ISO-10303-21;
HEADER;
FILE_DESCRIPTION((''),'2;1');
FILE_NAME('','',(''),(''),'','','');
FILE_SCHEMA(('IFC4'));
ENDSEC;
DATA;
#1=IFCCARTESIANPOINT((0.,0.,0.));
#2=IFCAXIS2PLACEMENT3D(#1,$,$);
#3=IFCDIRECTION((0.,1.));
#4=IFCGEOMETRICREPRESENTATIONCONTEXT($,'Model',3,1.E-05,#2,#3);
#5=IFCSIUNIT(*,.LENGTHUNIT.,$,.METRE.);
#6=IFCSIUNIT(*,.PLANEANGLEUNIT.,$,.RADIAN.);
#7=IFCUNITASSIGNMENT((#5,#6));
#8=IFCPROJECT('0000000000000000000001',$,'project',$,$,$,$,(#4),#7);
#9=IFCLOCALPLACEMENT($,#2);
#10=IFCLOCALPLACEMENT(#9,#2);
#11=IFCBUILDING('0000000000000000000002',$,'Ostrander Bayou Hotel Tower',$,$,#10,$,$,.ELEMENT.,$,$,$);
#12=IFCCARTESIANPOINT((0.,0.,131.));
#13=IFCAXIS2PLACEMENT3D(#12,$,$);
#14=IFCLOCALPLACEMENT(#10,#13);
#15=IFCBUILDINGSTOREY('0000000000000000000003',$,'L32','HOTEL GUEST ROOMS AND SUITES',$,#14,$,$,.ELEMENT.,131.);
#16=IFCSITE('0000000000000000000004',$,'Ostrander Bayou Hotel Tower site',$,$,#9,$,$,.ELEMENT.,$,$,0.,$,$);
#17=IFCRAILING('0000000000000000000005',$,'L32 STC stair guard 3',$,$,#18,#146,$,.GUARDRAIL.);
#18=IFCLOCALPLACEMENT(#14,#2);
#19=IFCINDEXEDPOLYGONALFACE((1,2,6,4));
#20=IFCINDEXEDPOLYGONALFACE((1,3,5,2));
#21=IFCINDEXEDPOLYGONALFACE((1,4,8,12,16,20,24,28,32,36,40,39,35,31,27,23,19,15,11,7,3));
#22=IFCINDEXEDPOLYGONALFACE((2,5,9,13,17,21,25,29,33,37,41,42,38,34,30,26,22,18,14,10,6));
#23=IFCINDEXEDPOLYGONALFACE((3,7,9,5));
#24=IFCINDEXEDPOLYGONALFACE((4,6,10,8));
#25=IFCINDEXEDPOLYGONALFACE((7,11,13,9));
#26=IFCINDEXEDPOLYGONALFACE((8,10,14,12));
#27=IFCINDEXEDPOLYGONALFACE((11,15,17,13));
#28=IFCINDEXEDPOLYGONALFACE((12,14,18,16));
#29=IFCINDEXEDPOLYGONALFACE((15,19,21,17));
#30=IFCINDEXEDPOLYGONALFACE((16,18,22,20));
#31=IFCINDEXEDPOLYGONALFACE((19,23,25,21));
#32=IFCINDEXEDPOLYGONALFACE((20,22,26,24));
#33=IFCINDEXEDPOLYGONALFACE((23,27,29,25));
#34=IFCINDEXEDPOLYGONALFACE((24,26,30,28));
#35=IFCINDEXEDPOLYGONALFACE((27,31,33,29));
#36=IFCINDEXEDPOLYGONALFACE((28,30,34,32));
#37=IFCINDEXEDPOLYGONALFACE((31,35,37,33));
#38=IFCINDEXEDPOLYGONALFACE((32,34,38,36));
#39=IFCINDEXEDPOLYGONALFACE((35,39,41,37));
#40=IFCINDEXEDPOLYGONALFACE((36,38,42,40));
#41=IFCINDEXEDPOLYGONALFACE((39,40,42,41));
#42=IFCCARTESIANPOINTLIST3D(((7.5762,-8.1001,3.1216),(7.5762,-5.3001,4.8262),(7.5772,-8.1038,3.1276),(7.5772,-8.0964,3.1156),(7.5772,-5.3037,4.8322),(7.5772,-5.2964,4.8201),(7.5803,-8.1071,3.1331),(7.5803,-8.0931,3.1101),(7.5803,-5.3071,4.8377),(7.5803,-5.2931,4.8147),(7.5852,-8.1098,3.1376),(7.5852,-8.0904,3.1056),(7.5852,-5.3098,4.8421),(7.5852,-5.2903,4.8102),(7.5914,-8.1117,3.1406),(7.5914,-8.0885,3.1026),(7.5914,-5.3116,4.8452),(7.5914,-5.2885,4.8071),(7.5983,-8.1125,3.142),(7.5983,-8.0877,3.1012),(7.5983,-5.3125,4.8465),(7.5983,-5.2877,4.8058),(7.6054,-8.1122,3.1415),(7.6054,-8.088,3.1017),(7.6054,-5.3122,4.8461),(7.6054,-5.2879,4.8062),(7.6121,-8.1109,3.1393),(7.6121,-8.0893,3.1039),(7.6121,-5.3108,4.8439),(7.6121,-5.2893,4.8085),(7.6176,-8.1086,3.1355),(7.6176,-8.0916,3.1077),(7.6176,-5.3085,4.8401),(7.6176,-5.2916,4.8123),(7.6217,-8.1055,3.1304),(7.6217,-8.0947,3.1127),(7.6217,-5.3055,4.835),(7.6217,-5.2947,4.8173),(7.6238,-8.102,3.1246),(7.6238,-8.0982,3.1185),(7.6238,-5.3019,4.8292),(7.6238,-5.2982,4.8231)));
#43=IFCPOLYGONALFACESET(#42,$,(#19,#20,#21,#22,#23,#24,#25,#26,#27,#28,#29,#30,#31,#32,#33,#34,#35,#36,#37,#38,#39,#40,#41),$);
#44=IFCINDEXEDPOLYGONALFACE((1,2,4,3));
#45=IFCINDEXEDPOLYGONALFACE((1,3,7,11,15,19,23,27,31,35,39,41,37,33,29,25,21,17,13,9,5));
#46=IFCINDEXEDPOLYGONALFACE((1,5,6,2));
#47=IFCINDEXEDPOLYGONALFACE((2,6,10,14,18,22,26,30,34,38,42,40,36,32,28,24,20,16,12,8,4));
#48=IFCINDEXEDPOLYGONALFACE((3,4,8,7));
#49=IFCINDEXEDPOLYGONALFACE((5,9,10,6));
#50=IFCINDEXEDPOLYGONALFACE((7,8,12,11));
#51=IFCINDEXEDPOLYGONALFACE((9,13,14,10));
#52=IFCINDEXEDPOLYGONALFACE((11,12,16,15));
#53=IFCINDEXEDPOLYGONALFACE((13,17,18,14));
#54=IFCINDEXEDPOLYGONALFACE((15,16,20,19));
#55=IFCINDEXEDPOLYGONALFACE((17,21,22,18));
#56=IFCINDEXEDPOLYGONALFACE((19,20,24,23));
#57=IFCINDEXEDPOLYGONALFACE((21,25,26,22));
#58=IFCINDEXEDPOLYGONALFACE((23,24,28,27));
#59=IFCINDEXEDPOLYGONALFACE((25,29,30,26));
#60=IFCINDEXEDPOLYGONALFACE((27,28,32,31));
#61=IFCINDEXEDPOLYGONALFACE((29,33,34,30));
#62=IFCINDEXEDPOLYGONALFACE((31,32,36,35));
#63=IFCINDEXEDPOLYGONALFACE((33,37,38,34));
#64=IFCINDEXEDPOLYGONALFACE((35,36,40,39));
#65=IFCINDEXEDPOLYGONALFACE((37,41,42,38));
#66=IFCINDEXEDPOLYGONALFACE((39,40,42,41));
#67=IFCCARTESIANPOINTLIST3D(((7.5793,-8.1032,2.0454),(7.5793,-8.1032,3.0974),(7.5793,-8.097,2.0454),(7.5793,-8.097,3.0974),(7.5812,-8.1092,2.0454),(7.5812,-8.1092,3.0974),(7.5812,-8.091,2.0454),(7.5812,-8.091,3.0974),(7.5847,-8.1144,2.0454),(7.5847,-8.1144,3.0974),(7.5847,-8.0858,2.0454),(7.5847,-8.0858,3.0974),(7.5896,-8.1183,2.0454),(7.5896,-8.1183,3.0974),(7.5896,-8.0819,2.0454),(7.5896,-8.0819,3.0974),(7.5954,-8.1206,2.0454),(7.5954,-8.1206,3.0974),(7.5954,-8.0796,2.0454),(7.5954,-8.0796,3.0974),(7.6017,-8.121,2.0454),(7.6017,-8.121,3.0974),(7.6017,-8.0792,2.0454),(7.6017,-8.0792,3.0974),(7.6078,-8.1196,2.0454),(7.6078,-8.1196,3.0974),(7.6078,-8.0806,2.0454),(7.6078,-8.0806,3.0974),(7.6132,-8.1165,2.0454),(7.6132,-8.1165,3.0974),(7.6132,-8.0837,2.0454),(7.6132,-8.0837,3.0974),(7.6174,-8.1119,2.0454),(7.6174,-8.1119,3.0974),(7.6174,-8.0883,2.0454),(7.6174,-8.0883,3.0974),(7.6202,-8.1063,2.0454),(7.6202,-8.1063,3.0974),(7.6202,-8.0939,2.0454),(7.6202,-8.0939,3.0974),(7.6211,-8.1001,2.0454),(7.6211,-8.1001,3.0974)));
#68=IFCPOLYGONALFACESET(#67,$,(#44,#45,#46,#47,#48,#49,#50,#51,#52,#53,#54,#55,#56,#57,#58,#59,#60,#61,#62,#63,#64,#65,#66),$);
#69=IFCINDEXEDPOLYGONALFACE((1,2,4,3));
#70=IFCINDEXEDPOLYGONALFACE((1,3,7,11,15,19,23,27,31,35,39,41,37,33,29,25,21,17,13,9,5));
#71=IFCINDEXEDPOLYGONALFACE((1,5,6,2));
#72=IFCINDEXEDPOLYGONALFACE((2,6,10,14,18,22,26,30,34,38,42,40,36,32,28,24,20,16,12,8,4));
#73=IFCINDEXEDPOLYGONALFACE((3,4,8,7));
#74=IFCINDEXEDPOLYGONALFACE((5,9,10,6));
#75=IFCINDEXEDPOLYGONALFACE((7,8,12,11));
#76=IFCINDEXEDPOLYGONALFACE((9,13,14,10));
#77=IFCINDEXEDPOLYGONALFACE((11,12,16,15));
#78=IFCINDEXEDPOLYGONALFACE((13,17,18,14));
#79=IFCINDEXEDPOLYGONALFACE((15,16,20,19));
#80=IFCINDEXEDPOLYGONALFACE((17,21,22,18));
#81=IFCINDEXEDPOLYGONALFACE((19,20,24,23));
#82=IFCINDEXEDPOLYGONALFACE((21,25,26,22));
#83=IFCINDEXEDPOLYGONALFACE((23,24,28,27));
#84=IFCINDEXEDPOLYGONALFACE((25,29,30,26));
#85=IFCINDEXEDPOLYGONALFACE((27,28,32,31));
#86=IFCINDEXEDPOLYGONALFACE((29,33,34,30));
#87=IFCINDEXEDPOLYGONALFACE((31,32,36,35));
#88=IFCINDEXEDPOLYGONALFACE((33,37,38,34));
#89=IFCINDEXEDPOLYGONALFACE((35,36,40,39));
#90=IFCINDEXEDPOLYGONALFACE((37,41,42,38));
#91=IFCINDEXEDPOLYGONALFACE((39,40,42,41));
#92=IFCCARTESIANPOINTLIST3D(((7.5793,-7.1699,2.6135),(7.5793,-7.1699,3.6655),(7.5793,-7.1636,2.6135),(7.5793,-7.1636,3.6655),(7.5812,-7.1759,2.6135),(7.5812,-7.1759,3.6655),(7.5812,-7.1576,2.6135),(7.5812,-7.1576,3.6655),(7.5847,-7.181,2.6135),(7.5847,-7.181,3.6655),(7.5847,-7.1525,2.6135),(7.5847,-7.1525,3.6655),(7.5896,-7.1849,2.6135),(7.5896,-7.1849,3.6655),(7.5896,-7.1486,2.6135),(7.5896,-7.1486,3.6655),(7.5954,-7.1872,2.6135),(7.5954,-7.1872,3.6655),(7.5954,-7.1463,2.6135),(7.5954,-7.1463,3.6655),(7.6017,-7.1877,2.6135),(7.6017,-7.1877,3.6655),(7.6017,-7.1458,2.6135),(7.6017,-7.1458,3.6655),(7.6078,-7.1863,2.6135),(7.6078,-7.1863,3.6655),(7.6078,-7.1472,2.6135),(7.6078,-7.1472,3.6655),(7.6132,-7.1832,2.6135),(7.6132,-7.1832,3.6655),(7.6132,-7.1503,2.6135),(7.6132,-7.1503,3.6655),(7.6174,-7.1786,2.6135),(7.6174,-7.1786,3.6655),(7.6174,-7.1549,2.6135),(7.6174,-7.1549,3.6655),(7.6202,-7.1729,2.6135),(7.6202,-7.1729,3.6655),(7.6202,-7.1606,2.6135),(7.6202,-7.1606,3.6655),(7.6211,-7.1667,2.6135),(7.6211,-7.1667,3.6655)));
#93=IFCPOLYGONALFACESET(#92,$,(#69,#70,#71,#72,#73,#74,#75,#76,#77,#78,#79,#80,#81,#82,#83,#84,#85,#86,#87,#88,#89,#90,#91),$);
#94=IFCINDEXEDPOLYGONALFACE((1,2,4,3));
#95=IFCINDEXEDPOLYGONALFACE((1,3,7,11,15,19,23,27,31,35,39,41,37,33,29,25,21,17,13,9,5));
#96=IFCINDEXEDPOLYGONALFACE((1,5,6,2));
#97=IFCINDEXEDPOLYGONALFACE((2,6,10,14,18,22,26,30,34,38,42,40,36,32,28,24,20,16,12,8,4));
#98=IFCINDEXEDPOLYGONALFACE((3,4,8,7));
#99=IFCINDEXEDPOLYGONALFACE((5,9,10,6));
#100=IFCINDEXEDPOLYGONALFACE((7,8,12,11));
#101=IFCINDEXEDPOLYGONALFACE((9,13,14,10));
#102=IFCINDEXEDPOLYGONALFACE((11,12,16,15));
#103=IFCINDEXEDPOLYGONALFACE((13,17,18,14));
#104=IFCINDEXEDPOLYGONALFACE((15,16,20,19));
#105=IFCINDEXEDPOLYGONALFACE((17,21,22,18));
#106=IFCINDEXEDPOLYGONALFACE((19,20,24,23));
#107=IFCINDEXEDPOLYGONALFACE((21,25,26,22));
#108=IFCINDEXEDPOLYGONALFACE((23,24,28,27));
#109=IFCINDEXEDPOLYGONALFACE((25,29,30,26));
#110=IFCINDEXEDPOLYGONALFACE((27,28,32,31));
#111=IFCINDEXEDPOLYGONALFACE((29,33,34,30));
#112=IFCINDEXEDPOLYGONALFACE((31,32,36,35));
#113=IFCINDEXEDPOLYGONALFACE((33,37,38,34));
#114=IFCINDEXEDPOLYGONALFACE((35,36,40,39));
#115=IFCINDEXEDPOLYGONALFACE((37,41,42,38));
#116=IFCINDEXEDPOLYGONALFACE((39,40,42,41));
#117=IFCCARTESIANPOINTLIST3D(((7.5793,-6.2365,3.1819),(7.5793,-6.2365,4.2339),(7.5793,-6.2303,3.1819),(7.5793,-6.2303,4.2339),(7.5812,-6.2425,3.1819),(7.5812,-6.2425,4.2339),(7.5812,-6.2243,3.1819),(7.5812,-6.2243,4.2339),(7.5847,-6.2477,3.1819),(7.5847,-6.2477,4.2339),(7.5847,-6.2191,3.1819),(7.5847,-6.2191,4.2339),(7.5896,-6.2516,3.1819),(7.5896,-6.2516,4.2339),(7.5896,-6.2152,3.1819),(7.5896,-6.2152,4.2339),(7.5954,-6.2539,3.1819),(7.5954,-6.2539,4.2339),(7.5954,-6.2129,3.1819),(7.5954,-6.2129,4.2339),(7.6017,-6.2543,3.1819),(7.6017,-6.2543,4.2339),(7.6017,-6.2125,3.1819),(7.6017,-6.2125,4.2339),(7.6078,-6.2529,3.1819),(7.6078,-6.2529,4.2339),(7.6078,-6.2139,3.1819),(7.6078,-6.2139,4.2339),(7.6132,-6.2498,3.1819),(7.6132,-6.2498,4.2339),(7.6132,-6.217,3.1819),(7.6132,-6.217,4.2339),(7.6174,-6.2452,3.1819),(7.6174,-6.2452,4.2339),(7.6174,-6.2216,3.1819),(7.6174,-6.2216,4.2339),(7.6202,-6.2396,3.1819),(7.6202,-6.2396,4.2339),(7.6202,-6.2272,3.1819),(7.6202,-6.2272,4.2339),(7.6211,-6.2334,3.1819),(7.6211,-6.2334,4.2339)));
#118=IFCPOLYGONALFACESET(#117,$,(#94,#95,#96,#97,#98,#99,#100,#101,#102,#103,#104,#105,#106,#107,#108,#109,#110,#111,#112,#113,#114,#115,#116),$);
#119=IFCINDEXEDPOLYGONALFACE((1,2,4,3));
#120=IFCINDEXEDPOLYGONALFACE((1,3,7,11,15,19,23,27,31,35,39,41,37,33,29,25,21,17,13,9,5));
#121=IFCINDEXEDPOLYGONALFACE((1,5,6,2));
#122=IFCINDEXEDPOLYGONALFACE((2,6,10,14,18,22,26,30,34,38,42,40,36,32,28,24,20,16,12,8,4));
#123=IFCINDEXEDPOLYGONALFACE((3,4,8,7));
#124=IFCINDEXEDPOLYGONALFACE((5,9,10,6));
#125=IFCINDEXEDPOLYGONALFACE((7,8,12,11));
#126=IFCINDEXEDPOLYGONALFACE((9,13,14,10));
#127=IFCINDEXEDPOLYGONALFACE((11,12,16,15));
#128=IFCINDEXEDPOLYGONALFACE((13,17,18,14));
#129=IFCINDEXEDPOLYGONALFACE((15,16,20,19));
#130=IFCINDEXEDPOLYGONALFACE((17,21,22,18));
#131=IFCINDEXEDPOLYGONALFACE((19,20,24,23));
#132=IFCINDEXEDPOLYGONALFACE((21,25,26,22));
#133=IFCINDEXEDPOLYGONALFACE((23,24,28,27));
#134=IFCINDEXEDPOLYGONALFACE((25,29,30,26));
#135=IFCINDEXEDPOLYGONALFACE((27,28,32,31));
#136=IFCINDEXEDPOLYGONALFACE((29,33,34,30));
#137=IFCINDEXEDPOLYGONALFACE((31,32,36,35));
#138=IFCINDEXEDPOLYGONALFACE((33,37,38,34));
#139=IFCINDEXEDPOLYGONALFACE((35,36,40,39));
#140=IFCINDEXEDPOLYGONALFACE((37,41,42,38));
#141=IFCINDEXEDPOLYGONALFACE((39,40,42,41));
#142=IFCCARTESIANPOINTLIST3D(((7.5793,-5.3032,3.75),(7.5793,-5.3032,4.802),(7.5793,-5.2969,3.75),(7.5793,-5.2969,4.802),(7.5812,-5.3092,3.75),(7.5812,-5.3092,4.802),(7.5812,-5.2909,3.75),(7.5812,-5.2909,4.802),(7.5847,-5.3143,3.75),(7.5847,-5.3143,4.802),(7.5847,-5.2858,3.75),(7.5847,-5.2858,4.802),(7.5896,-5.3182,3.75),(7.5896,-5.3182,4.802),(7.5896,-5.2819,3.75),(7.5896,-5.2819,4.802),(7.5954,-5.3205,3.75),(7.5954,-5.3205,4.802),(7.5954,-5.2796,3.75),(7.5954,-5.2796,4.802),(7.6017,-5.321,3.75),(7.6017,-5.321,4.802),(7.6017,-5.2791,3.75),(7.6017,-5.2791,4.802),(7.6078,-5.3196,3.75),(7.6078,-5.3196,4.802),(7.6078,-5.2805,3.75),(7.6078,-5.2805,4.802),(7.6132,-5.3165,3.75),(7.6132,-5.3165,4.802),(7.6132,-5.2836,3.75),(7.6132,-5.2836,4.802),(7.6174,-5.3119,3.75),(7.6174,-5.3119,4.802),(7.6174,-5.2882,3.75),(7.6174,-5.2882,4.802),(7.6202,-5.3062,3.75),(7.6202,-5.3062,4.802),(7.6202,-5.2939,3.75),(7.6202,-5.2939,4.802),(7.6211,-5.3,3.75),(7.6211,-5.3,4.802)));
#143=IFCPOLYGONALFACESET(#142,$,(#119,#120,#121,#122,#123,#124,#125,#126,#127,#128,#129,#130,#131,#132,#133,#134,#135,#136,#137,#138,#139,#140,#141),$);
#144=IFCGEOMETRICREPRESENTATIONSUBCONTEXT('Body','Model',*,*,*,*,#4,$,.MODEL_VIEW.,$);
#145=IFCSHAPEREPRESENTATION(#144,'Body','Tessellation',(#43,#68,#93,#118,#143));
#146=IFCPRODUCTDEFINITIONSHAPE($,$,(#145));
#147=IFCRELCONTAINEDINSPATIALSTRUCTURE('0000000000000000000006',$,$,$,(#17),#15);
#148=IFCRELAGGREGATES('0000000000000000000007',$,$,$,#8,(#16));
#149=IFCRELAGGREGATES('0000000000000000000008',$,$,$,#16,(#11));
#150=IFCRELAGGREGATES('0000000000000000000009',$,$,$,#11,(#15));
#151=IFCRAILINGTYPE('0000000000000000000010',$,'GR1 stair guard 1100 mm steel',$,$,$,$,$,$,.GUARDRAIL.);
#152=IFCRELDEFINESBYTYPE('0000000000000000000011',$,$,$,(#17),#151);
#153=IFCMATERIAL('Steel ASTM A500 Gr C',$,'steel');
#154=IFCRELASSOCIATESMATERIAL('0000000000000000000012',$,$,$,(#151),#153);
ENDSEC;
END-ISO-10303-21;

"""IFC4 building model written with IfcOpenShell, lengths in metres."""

from ifc_helpers import new_model, si_unit, direction, frame, origin, origin_2d, place, context, subcontext, project, spatial, circle, extrude, material, type_object, element, save


model = new_model("IFC4")

# Units and contexts
model_context = context("Model", 3, precision=1e-05, world=origin(), true_north=direction((0.0, 1.0)))
body_context = subcontext(model_context, "Body", "Model", "MODEL_VIEW")
ifc_project = project(units=[si_unit("LENGTHUNIT", "METRE"), si_unit("PLANEANGLEUNIT", "RADIAN")], contexts=[model_context])

# Site, building, storey
site_placement = place(None, origin())
site = spatial("IfcSite", under=ifc_project, at=site_placement, Name="Ostrander Bayou Hotel Tower site", CompositionType="ELEMENT", RefElevation=0.0)
building_placement = place(site_placement, origin())
building = spatial("IfcBuilding", under=site, at=building_placement, Name="Ostrander Bayou Hotel Tower", CompositionType="ELEMENT")
storey_placement = place(building_placement, frame((0.0, 0.0, 131.0)))
storey = spatial("IfcBuildingStorey", under=building, at=storey_placement, Name="L32", Description="HOTEL GUEST ROOMS AND SUITES", CompositionType="ELEMENT", Elevation=131.0)

# Railing
ifc_material_1 = material(Name="Steel ASTM A500 Gr C", Category="steel")
railing_type_1 = type_object("IfcRailingType", Name="GR1 stair guard 1100 mm steel", PredefinedType="GUARDRAIL", material=ifc_material_1)
railing_1_placement = place(storey_placement, frame((7.6001, -8.1001, 2.0454)))
element("IfcRailing", 1, at=railing_1_placement, inside=storey, type_object=railing_type_1, Name="L32 STC stair guard 3", PredefinedType="GUARDRAIL", context=body_context, shape_type="SweptSolid", body=[
    extrude(circle(Radius=0.0239, at=origin_2d()), frame((0.0, 0.0, 1.0762), z_axis=(0.0, 0.85417, 0.519994), x_axis=(-1.0, 0.0, 0.0)), (0.0, 0.0, 1.0), 3.2781),
    extrude(circle(Radius=0.021, at=origin_2d()), origin(), (0.0, 0.0, 1.0), 1.052),
    extrude(circle(Radius=0.021, at=origin_2d()), frame((0.0, 0.9333, 0.5681)), (0.0, 0.0, 1.0), 1.052),
    extrude(circle(Radius=0.021, at=origin_2d()), frame((0.0, 1.8667, 1.1365)), (0.0, 0.0, 1.0), 1.052),
    extrude(circle(Radius=0.021, at=origin_2d()), frame((0.0, 2.8, 1.7046)), (0.0, 0.0, 1.0), 1.052),
])

save(model, "model.ifc")
